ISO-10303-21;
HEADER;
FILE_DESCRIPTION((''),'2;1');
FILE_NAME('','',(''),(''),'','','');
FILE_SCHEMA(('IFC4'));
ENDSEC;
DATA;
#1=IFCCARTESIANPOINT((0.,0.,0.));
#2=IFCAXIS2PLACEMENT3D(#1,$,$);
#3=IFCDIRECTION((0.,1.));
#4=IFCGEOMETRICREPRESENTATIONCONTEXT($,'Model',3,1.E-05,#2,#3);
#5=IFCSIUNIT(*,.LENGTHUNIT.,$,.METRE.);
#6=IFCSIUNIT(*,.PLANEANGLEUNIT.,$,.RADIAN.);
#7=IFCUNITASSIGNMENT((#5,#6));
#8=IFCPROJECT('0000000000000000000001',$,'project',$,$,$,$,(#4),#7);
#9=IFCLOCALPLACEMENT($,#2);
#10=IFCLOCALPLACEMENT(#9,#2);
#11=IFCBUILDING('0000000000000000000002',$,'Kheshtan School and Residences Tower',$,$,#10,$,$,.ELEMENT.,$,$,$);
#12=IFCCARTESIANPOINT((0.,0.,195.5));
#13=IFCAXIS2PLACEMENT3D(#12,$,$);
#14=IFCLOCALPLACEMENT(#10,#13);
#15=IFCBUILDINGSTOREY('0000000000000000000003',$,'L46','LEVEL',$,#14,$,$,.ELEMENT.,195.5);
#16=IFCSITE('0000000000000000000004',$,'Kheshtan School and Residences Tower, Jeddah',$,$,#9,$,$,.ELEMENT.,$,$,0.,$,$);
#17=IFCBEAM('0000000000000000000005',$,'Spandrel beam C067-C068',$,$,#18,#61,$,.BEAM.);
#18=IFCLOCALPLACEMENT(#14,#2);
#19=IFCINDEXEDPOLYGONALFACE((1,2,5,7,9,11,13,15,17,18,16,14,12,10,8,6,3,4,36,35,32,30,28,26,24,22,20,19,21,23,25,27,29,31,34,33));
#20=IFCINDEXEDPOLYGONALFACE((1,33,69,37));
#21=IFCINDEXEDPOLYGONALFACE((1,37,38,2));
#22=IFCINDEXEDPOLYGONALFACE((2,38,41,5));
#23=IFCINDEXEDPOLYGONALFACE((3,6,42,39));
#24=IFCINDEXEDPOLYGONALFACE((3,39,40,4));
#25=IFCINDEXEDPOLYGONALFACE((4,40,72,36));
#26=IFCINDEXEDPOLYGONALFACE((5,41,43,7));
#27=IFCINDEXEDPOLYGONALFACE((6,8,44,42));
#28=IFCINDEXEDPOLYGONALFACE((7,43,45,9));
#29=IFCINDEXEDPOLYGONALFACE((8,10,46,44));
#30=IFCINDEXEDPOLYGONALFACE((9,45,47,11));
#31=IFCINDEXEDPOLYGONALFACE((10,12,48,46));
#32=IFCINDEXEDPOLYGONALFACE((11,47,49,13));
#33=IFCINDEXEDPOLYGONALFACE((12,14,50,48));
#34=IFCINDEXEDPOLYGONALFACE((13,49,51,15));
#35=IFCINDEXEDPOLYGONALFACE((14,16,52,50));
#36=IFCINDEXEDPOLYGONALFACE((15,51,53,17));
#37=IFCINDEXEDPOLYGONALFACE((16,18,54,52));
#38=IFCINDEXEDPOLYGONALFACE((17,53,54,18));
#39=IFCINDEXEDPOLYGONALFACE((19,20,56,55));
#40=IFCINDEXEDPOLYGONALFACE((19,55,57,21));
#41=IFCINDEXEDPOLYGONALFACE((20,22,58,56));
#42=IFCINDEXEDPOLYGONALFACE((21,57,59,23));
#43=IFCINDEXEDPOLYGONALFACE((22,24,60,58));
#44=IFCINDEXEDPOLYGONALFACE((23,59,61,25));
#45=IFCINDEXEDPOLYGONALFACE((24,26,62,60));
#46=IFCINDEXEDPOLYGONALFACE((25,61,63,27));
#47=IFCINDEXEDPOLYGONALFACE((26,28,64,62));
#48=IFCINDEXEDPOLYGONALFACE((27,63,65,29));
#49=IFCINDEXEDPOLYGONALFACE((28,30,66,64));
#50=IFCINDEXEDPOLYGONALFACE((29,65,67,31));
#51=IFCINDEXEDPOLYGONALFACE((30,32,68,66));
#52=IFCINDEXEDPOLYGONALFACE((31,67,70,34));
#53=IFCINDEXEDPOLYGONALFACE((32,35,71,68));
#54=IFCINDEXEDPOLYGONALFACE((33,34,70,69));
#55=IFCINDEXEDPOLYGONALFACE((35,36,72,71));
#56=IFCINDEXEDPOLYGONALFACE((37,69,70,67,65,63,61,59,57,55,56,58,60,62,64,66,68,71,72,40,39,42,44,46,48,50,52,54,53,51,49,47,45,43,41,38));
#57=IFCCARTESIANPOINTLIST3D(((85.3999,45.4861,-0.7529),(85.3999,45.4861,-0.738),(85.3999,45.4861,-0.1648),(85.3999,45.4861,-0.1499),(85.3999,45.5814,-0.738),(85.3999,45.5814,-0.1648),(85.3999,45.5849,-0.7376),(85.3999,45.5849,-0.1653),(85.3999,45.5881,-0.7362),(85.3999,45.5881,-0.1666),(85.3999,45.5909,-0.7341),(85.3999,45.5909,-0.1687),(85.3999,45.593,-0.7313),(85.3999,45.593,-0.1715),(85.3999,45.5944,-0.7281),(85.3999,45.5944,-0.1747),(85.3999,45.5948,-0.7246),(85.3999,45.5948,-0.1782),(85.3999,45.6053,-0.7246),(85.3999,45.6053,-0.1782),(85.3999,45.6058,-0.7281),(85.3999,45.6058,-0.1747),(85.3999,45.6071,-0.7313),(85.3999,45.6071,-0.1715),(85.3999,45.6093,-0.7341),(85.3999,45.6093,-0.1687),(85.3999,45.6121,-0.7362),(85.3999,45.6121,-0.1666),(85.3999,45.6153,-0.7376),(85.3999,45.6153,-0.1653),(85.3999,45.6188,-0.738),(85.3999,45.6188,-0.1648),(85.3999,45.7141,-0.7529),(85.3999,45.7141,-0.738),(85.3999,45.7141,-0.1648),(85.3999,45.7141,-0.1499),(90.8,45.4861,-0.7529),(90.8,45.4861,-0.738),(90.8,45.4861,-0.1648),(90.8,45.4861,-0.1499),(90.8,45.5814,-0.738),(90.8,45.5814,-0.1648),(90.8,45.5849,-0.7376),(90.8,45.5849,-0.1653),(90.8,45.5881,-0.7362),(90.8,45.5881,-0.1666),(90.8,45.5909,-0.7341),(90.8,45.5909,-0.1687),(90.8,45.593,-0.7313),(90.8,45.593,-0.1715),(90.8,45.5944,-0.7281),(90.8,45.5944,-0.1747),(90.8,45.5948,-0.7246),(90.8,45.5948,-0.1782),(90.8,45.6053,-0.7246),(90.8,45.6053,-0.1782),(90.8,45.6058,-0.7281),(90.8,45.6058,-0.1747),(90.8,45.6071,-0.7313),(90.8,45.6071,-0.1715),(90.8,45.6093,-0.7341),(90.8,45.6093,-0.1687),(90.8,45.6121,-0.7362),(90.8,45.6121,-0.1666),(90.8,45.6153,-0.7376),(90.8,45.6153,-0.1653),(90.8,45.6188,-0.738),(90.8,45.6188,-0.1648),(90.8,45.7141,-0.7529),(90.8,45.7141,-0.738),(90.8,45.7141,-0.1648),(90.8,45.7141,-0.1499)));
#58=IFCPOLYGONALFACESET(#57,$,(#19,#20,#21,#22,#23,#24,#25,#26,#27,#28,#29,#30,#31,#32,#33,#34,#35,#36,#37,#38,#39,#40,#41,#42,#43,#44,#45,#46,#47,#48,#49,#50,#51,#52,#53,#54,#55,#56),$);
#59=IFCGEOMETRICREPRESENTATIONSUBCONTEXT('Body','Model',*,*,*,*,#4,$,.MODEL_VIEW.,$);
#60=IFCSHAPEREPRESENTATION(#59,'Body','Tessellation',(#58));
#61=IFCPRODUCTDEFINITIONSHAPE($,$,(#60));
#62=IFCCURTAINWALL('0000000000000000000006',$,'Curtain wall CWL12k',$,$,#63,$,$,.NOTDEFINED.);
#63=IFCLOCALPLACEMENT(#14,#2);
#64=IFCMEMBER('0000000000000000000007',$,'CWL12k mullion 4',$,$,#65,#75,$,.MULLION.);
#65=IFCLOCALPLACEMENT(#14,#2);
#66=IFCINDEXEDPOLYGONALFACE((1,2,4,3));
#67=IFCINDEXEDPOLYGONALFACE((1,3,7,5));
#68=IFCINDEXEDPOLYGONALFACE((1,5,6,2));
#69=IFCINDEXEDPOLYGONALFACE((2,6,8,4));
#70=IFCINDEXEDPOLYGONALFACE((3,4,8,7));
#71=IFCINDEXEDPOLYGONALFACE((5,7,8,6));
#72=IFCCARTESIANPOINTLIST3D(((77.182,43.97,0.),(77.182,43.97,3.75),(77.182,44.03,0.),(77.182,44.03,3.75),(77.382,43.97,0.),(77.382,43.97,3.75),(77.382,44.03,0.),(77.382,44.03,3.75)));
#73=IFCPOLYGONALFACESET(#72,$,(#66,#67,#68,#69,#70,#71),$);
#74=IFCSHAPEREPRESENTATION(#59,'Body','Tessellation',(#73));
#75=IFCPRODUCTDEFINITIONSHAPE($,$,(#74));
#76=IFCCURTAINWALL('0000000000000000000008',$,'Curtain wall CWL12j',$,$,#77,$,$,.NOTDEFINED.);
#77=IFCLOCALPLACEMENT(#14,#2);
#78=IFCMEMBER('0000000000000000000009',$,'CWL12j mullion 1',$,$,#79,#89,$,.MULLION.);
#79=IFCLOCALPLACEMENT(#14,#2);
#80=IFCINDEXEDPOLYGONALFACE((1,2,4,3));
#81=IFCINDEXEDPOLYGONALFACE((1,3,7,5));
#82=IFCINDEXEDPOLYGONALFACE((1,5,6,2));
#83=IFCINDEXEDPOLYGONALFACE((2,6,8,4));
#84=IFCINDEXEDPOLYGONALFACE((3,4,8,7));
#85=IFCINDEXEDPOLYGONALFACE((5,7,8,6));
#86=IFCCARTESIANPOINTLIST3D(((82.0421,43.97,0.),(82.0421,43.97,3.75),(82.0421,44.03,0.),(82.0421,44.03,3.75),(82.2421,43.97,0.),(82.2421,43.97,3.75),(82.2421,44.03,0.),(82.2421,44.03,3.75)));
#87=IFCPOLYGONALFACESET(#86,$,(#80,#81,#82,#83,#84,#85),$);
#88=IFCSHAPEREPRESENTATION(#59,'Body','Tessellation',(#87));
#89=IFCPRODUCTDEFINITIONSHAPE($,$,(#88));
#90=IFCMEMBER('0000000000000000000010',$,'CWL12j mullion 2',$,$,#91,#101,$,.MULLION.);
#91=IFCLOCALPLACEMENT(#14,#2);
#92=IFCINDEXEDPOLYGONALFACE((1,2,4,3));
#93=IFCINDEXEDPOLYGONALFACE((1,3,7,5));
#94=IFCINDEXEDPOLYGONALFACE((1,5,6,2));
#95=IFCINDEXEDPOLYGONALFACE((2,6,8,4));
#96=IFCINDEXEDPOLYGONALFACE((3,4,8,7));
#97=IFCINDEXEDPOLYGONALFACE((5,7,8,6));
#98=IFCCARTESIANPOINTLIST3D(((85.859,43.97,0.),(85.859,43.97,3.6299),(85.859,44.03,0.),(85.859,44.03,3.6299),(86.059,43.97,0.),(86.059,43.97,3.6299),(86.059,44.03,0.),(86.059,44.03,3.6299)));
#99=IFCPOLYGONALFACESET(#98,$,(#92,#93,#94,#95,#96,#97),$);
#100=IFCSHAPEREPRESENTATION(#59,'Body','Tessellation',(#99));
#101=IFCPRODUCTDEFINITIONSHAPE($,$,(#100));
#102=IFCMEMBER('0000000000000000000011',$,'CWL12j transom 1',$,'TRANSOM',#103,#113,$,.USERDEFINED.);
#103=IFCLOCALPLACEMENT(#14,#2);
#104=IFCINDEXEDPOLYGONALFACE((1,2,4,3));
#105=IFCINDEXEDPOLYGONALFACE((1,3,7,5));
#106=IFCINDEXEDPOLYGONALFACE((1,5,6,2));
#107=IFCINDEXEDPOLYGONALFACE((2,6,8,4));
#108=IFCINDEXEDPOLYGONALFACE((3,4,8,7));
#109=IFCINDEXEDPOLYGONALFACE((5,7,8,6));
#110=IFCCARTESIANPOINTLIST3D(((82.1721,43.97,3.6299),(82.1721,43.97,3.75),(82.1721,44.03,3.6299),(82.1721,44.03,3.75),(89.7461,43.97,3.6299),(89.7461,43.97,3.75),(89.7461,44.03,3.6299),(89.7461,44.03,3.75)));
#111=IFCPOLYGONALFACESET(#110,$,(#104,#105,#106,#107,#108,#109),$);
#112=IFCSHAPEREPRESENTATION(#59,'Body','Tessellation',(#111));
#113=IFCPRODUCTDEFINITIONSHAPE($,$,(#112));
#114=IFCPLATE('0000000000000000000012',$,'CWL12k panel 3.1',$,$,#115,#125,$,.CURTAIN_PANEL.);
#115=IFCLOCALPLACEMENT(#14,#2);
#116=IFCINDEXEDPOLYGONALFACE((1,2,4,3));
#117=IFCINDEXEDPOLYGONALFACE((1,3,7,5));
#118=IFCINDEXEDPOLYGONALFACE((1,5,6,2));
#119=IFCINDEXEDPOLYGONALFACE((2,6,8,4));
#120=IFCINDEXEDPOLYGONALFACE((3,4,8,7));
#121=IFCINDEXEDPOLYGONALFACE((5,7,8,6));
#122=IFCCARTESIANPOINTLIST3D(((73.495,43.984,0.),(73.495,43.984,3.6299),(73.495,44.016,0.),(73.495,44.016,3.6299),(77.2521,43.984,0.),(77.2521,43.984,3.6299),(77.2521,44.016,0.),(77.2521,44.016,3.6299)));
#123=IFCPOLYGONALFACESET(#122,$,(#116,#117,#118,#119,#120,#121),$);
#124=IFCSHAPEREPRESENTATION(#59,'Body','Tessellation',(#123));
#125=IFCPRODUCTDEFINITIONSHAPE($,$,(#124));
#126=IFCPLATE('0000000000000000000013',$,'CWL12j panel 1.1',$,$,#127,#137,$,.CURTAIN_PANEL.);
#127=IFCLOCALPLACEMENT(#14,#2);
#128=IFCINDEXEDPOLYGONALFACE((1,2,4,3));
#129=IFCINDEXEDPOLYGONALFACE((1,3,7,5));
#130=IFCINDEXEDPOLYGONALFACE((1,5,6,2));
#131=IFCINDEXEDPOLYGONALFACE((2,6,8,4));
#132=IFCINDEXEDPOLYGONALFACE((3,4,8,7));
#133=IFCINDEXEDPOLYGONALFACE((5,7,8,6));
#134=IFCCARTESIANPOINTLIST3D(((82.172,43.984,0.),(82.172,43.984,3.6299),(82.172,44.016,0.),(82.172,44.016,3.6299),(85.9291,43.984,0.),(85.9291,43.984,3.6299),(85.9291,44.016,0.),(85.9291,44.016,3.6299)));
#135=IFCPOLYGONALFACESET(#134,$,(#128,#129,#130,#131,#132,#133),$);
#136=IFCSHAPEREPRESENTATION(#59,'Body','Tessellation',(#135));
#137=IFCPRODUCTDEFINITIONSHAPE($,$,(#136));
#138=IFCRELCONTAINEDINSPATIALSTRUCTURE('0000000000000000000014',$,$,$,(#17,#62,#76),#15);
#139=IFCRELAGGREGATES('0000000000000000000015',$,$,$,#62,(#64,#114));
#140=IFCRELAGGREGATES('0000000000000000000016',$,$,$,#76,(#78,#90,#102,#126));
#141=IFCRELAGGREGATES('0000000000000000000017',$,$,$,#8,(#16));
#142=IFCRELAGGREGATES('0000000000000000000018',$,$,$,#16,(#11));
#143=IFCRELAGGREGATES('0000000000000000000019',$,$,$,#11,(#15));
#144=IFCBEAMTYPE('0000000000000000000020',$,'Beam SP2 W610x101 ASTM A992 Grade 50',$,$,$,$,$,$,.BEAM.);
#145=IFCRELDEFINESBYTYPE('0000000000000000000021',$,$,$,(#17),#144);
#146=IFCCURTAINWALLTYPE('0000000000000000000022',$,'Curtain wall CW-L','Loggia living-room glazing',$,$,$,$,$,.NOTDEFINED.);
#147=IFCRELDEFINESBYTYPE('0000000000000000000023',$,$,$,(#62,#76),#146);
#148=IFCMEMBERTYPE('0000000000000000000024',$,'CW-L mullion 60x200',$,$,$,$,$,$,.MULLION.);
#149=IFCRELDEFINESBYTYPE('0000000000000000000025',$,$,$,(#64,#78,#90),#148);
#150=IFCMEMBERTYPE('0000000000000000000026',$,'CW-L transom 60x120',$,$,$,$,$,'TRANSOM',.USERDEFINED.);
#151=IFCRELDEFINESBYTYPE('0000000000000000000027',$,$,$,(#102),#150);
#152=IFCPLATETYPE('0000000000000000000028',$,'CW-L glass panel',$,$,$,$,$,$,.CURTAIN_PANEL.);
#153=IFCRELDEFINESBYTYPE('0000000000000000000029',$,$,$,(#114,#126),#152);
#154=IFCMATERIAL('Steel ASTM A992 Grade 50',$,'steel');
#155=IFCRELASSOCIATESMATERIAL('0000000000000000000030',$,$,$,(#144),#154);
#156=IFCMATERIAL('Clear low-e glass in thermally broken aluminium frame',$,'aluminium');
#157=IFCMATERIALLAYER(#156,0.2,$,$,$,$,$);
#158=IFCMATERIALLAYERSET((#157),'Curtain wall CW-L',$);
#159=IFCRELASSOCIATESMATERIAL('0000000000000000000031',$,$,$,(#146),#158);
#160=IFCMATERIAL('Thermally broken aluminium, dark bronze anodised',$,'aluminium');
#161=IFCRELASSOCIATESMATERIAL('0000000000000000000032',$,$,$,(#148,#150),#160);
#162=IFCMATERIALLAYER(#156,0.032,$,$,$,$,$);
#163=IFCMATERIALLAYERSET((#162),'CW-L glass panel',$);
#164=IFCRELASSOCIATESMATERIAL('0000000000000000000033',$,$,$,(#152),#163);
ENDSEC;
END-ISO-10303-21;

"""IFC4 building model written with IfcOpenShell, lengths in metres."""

from ifc_helpers import new_model, si_unit, direction, frame, origin, origin_2d, place, context, subcontext, project, spatial, rectangle, i_section, extrude, material, layer, layer_set, material_profile, profile_set, type_object, element, aggregate, save


model = new_model("IFC4")

# Units and contexts
model_context = context("Model", 3, precision=1e-05, world=origin(), true_north=direction((0.0, 1.0)))
body_context = subcontext(model_context, "Body", "Model", "MODEL_VIEW")
ifc_project = project(units=[si_unit("LENGTHUNIT", "METRE"), si_unit("PLANEANGLEUNIT", "RADIAN")], contexts=[model_context])

# Site, building, storey
site_placement = place(None, origin())
site = spatial("IfcSite", under=ifc_project, at=site_placement, Name="Kheshtan School and Residences Tower, Jeddah", CompositionType="ELEMENT", RefElevation=0.0)
building_placement = place(site_placement, origin())
building = spatial("IfcBuilding", under=site, at=building_placement, Name="Kheshtan School and Residences Tower", CompositionType="ELEMENT")
storey_placement = place(building_placement, frame((0.0, 0.0, 195.5)))
storey = spatial("IfcBuildingStorey", under=building, at=storey_placement, Name="L46", Description="LEVEL", CompositionType="ELEMENT", Elevation=195.5)

# Shared definitions
ifc_material_1 = material(Name="Steel ASTM A992 Grade 50", Category="steel")

# Beam
ifc_material_profile_1 = material_profile(ifc_material_1, i_section(OverallWidth=0.228, OverallDepth=0.603, WebThickness=0.0105, FlangeThickness=0.0149, FilletRadius=0.0134, at=origin_2d()), Name="W610x101")
ifc_profile_set_1 = profile_set([ifc_material_profile_1], Name="Steel ASTM A992 Grade 50")
beam_type_1 = type_object("IfcBeamType", Name="Beam SP2 W610x101 ASTM A992 Grade 50", PredefinedType="BEAM", material=ifc_profile_set_1)
beam_1_placement = place(storey_placement, frame((85.3999, 45.6001, -0.4514), z_axis=(1.0, 0.0, 0.0), x_axis=(0.0, 1.0, 0.0)))
element("IfcBeam", 1, at=beam_1_placement, inside=storey, type_object=beam_type_1, Name="Spandrel beam C067-C068", PredefinedType="BEAM", context=body_context, shape_type="SweptSolid", body=[
    extrude(i_section(OverallWidth=0.228, OverallDepth=0.603, WebThickness=0.0105, FlangeThickness=0.0149, FilletRadius=0.0134, at=origin_2d()), origin(), (0.0, 0.0, 1.0), 5.4001),
])

# Curtain wall, member
ifc_material_2 = material(Name="Clear low-e glass in thermally broken aluminium frame", Category="aluminium")
ifc_layer_1 = layer(ifc_material_2, 0.2)
ifc_layer_set_1 = layer_set([ifc_layer_1], Name="Curtain wall CW-L")
curtain_wall_type = type_object("IfcCurtainWallType", Name="Curtain wall CW-L", Description="Loggia living-room glazing", PredefinedType="NOTDEFINED", material=ifc_layer_set_1)
curtain_wall_1_placement = place(storey_placement, origin())
curtain_wall_1 = element("IfcCurtainWall", 2, at=curtain_wall_1_placement, inside=storey, type_object=curtain_wall_type, Name="Curtain wall CWL12k", PredefinedType="NOTDEFINED")
ifc_material_3 = material(Name="Thermally broken aluminium, dark bronze anodised", Category="aluminium")
ifc_material_profile_2 = material_profile(ifc_material_3, rectangle(XDim=0.0601, YDim=0.2, at=origin_2d()), Name="CW-L mullion 60x200")
ifc_profile_set_2 = profile_set([ifc_material_profile_2], Name="Thermally broken aluminium, dark bronze anodised")
member_type_1 = type_object("IfcMemberType", Name="CW-L mullion 60x200", PredefinedType="MULLION", material=ifc_profile_set_2)
member_1_placement = place(storey_placement, frame((77.282, 44.0, 0.0), z_axis=(0.0, 0.0, 1.0), x_axis=(0.0, 1.0, 0.0)))
member_1 = element("IfcMember", 3, at=member_1_placement, type_object=member_type_1, Name="CWL12k mullion 4", PredefinedType="MULLION", context=body_context, shape_type="SweptSolid", body=[
    extrude(rectangle(XDim=0.0601, YDim=0.2, at=origin_2d()), origin(), (0.0, 0.0, 1.0), 3.75),
])

# Curtain wall, members
curtain_wall_2_placement = place(storey_placement, origin())
curtain_wall_2 = element("IfcCurtainWall", 4, at=curtain_wall_2_placement, inside=storey, type_object=curtain_wall_type, Name="Curtain wall CWL12j", PredefinedType="NOTDEFINED")
member_2_placement = place(storey_placement, frame((82.1421, 44.0, 0.0), z_axis=(0.0, 0.0, 1.0), x_axis=(0.0, 1.0, 0.0)))
member_2 = element("IfcMember", 5, at=member_2_placement, type_object=member_type_1, Name="CWL12j mullion 1", PredefinedType="MULLION", context=body_context, shape_type="SweptSolid", body=[
    extrude(rectangle(XDim=0.0601, YDim=0.2, at=origin_2d()), origin(), (0.0, 0.0, 1.0), 3.75),
])
member_3_placement = place(storey_placement, frame((85.959, 44.0, 0.0), z_axis=(0.0, 0.0, 1.0), x_axis=(0.0, 1.0, 0.0)))
member_3 = element("IfcMember", 6, at=member_3_placement, type_object=member_type_1, Name="CWL12j mullion 2", PredefinedType="MULLION", context=body_context, shape_type="SweptSolid", body=[
    extrude(rectangle(XDim=0.0601, YDim=0.2, at=origin_2d()), origin(), (0.0, 0.0, 1.0), 3.6299),
])
ifc_material_profile_3 = material_profile(ifc_material_3, rectangle(XDim=0.0601, YDim=0.1201, at=origin_2d()), Name="CW-L transom 60x120")
ifc_profile_set_3 = profile_set([ifc_material_profile_3], Name="Thermally broken aluminium, dark bronze anodised")
member_type_2 = type_object("IfcMemberType", Name="CW-L transom 60x120", ElementType="TRANSOM", PredefinedType="USERDEFINED", material=ifc_profile_set_3)
member_4_placement = place(storey_placement, frame((82.1721, 44.0, 3.6899), z_axis=(1.0, 0.0, 0.0), x_axis=(0.0, 1.0, 0.0)))
member_4 = element("IfcMember", 7, at=member_4_placement, type_object=member_type_2, Name="CWL12j transom 1", ObjectType="TRANSOM", PredefinedType="USERDEFINED", context=body_context, shape_type="SweptSolid", body=[
    extrude(rectangle(XDim=0.0601, YDim=0.1201, at=origin_2d()), origin(), (0.0, 0.0, 1.0), 7.574),
])

# Plates
ifc_layer_2 = layer(ifc_material_2, 0.032)
ifc_layer_set_2 = layer_set([ifc_layer_2], Name="CW-L glass panel")
plate_type = type_object("IfcPlateType", Name="CW-L glass panel", PredefinedType="CURTAIN_PANEL", material=ifc_layer_set_2)
plate_1_placement = place(storey_placement, frame((75.3735, 44.0, 0.0), z_axis=(0.0, 0.0, 1.0), x_axis=(1.0, 0.0, 0.0)))
plate_1 = element("IfcPlate", 8, at=plate_1_placement, type_object=plate_type, Name="CWL12k panel 3.1", PredefinedType="CURTAIN_PANEL", context=body_context, shape_type="SweptSolid", body=[
    extrude(rectangle(XDim=3.7571, YDim=0.032, at=origin_2d()), origin(), (0.0, 0.0, 1.0), 3.6299),
])
aggregate(curtain_wall_1, [member_1, plate_1])
plate_2_placement = place(storey_placement, frame((84.0505, 44.0, 0.0), z_axis=(0.0, 0.0, 1.0), x_axis=(1.0, 0.0, 0.0)))
plate_2 = element("IfcPlate", 9, at=plate_2_placement, type_object=plate_type, Name="CWL12j panel 1.1", PredefinedType="CURTAIN_PANEL", context=body_context, shape_type="SweptSolid", body=[
    extrude(rectangle(XDim=3.7571, YDim=0.032, at=origin_2d()), origin(), (0.0, 0.0, 1.0), 3.6299),
])
aggregate(curtain_wall_2, [member_2, member_3, member_4, plate_2])

save(model, "model.ifc")
